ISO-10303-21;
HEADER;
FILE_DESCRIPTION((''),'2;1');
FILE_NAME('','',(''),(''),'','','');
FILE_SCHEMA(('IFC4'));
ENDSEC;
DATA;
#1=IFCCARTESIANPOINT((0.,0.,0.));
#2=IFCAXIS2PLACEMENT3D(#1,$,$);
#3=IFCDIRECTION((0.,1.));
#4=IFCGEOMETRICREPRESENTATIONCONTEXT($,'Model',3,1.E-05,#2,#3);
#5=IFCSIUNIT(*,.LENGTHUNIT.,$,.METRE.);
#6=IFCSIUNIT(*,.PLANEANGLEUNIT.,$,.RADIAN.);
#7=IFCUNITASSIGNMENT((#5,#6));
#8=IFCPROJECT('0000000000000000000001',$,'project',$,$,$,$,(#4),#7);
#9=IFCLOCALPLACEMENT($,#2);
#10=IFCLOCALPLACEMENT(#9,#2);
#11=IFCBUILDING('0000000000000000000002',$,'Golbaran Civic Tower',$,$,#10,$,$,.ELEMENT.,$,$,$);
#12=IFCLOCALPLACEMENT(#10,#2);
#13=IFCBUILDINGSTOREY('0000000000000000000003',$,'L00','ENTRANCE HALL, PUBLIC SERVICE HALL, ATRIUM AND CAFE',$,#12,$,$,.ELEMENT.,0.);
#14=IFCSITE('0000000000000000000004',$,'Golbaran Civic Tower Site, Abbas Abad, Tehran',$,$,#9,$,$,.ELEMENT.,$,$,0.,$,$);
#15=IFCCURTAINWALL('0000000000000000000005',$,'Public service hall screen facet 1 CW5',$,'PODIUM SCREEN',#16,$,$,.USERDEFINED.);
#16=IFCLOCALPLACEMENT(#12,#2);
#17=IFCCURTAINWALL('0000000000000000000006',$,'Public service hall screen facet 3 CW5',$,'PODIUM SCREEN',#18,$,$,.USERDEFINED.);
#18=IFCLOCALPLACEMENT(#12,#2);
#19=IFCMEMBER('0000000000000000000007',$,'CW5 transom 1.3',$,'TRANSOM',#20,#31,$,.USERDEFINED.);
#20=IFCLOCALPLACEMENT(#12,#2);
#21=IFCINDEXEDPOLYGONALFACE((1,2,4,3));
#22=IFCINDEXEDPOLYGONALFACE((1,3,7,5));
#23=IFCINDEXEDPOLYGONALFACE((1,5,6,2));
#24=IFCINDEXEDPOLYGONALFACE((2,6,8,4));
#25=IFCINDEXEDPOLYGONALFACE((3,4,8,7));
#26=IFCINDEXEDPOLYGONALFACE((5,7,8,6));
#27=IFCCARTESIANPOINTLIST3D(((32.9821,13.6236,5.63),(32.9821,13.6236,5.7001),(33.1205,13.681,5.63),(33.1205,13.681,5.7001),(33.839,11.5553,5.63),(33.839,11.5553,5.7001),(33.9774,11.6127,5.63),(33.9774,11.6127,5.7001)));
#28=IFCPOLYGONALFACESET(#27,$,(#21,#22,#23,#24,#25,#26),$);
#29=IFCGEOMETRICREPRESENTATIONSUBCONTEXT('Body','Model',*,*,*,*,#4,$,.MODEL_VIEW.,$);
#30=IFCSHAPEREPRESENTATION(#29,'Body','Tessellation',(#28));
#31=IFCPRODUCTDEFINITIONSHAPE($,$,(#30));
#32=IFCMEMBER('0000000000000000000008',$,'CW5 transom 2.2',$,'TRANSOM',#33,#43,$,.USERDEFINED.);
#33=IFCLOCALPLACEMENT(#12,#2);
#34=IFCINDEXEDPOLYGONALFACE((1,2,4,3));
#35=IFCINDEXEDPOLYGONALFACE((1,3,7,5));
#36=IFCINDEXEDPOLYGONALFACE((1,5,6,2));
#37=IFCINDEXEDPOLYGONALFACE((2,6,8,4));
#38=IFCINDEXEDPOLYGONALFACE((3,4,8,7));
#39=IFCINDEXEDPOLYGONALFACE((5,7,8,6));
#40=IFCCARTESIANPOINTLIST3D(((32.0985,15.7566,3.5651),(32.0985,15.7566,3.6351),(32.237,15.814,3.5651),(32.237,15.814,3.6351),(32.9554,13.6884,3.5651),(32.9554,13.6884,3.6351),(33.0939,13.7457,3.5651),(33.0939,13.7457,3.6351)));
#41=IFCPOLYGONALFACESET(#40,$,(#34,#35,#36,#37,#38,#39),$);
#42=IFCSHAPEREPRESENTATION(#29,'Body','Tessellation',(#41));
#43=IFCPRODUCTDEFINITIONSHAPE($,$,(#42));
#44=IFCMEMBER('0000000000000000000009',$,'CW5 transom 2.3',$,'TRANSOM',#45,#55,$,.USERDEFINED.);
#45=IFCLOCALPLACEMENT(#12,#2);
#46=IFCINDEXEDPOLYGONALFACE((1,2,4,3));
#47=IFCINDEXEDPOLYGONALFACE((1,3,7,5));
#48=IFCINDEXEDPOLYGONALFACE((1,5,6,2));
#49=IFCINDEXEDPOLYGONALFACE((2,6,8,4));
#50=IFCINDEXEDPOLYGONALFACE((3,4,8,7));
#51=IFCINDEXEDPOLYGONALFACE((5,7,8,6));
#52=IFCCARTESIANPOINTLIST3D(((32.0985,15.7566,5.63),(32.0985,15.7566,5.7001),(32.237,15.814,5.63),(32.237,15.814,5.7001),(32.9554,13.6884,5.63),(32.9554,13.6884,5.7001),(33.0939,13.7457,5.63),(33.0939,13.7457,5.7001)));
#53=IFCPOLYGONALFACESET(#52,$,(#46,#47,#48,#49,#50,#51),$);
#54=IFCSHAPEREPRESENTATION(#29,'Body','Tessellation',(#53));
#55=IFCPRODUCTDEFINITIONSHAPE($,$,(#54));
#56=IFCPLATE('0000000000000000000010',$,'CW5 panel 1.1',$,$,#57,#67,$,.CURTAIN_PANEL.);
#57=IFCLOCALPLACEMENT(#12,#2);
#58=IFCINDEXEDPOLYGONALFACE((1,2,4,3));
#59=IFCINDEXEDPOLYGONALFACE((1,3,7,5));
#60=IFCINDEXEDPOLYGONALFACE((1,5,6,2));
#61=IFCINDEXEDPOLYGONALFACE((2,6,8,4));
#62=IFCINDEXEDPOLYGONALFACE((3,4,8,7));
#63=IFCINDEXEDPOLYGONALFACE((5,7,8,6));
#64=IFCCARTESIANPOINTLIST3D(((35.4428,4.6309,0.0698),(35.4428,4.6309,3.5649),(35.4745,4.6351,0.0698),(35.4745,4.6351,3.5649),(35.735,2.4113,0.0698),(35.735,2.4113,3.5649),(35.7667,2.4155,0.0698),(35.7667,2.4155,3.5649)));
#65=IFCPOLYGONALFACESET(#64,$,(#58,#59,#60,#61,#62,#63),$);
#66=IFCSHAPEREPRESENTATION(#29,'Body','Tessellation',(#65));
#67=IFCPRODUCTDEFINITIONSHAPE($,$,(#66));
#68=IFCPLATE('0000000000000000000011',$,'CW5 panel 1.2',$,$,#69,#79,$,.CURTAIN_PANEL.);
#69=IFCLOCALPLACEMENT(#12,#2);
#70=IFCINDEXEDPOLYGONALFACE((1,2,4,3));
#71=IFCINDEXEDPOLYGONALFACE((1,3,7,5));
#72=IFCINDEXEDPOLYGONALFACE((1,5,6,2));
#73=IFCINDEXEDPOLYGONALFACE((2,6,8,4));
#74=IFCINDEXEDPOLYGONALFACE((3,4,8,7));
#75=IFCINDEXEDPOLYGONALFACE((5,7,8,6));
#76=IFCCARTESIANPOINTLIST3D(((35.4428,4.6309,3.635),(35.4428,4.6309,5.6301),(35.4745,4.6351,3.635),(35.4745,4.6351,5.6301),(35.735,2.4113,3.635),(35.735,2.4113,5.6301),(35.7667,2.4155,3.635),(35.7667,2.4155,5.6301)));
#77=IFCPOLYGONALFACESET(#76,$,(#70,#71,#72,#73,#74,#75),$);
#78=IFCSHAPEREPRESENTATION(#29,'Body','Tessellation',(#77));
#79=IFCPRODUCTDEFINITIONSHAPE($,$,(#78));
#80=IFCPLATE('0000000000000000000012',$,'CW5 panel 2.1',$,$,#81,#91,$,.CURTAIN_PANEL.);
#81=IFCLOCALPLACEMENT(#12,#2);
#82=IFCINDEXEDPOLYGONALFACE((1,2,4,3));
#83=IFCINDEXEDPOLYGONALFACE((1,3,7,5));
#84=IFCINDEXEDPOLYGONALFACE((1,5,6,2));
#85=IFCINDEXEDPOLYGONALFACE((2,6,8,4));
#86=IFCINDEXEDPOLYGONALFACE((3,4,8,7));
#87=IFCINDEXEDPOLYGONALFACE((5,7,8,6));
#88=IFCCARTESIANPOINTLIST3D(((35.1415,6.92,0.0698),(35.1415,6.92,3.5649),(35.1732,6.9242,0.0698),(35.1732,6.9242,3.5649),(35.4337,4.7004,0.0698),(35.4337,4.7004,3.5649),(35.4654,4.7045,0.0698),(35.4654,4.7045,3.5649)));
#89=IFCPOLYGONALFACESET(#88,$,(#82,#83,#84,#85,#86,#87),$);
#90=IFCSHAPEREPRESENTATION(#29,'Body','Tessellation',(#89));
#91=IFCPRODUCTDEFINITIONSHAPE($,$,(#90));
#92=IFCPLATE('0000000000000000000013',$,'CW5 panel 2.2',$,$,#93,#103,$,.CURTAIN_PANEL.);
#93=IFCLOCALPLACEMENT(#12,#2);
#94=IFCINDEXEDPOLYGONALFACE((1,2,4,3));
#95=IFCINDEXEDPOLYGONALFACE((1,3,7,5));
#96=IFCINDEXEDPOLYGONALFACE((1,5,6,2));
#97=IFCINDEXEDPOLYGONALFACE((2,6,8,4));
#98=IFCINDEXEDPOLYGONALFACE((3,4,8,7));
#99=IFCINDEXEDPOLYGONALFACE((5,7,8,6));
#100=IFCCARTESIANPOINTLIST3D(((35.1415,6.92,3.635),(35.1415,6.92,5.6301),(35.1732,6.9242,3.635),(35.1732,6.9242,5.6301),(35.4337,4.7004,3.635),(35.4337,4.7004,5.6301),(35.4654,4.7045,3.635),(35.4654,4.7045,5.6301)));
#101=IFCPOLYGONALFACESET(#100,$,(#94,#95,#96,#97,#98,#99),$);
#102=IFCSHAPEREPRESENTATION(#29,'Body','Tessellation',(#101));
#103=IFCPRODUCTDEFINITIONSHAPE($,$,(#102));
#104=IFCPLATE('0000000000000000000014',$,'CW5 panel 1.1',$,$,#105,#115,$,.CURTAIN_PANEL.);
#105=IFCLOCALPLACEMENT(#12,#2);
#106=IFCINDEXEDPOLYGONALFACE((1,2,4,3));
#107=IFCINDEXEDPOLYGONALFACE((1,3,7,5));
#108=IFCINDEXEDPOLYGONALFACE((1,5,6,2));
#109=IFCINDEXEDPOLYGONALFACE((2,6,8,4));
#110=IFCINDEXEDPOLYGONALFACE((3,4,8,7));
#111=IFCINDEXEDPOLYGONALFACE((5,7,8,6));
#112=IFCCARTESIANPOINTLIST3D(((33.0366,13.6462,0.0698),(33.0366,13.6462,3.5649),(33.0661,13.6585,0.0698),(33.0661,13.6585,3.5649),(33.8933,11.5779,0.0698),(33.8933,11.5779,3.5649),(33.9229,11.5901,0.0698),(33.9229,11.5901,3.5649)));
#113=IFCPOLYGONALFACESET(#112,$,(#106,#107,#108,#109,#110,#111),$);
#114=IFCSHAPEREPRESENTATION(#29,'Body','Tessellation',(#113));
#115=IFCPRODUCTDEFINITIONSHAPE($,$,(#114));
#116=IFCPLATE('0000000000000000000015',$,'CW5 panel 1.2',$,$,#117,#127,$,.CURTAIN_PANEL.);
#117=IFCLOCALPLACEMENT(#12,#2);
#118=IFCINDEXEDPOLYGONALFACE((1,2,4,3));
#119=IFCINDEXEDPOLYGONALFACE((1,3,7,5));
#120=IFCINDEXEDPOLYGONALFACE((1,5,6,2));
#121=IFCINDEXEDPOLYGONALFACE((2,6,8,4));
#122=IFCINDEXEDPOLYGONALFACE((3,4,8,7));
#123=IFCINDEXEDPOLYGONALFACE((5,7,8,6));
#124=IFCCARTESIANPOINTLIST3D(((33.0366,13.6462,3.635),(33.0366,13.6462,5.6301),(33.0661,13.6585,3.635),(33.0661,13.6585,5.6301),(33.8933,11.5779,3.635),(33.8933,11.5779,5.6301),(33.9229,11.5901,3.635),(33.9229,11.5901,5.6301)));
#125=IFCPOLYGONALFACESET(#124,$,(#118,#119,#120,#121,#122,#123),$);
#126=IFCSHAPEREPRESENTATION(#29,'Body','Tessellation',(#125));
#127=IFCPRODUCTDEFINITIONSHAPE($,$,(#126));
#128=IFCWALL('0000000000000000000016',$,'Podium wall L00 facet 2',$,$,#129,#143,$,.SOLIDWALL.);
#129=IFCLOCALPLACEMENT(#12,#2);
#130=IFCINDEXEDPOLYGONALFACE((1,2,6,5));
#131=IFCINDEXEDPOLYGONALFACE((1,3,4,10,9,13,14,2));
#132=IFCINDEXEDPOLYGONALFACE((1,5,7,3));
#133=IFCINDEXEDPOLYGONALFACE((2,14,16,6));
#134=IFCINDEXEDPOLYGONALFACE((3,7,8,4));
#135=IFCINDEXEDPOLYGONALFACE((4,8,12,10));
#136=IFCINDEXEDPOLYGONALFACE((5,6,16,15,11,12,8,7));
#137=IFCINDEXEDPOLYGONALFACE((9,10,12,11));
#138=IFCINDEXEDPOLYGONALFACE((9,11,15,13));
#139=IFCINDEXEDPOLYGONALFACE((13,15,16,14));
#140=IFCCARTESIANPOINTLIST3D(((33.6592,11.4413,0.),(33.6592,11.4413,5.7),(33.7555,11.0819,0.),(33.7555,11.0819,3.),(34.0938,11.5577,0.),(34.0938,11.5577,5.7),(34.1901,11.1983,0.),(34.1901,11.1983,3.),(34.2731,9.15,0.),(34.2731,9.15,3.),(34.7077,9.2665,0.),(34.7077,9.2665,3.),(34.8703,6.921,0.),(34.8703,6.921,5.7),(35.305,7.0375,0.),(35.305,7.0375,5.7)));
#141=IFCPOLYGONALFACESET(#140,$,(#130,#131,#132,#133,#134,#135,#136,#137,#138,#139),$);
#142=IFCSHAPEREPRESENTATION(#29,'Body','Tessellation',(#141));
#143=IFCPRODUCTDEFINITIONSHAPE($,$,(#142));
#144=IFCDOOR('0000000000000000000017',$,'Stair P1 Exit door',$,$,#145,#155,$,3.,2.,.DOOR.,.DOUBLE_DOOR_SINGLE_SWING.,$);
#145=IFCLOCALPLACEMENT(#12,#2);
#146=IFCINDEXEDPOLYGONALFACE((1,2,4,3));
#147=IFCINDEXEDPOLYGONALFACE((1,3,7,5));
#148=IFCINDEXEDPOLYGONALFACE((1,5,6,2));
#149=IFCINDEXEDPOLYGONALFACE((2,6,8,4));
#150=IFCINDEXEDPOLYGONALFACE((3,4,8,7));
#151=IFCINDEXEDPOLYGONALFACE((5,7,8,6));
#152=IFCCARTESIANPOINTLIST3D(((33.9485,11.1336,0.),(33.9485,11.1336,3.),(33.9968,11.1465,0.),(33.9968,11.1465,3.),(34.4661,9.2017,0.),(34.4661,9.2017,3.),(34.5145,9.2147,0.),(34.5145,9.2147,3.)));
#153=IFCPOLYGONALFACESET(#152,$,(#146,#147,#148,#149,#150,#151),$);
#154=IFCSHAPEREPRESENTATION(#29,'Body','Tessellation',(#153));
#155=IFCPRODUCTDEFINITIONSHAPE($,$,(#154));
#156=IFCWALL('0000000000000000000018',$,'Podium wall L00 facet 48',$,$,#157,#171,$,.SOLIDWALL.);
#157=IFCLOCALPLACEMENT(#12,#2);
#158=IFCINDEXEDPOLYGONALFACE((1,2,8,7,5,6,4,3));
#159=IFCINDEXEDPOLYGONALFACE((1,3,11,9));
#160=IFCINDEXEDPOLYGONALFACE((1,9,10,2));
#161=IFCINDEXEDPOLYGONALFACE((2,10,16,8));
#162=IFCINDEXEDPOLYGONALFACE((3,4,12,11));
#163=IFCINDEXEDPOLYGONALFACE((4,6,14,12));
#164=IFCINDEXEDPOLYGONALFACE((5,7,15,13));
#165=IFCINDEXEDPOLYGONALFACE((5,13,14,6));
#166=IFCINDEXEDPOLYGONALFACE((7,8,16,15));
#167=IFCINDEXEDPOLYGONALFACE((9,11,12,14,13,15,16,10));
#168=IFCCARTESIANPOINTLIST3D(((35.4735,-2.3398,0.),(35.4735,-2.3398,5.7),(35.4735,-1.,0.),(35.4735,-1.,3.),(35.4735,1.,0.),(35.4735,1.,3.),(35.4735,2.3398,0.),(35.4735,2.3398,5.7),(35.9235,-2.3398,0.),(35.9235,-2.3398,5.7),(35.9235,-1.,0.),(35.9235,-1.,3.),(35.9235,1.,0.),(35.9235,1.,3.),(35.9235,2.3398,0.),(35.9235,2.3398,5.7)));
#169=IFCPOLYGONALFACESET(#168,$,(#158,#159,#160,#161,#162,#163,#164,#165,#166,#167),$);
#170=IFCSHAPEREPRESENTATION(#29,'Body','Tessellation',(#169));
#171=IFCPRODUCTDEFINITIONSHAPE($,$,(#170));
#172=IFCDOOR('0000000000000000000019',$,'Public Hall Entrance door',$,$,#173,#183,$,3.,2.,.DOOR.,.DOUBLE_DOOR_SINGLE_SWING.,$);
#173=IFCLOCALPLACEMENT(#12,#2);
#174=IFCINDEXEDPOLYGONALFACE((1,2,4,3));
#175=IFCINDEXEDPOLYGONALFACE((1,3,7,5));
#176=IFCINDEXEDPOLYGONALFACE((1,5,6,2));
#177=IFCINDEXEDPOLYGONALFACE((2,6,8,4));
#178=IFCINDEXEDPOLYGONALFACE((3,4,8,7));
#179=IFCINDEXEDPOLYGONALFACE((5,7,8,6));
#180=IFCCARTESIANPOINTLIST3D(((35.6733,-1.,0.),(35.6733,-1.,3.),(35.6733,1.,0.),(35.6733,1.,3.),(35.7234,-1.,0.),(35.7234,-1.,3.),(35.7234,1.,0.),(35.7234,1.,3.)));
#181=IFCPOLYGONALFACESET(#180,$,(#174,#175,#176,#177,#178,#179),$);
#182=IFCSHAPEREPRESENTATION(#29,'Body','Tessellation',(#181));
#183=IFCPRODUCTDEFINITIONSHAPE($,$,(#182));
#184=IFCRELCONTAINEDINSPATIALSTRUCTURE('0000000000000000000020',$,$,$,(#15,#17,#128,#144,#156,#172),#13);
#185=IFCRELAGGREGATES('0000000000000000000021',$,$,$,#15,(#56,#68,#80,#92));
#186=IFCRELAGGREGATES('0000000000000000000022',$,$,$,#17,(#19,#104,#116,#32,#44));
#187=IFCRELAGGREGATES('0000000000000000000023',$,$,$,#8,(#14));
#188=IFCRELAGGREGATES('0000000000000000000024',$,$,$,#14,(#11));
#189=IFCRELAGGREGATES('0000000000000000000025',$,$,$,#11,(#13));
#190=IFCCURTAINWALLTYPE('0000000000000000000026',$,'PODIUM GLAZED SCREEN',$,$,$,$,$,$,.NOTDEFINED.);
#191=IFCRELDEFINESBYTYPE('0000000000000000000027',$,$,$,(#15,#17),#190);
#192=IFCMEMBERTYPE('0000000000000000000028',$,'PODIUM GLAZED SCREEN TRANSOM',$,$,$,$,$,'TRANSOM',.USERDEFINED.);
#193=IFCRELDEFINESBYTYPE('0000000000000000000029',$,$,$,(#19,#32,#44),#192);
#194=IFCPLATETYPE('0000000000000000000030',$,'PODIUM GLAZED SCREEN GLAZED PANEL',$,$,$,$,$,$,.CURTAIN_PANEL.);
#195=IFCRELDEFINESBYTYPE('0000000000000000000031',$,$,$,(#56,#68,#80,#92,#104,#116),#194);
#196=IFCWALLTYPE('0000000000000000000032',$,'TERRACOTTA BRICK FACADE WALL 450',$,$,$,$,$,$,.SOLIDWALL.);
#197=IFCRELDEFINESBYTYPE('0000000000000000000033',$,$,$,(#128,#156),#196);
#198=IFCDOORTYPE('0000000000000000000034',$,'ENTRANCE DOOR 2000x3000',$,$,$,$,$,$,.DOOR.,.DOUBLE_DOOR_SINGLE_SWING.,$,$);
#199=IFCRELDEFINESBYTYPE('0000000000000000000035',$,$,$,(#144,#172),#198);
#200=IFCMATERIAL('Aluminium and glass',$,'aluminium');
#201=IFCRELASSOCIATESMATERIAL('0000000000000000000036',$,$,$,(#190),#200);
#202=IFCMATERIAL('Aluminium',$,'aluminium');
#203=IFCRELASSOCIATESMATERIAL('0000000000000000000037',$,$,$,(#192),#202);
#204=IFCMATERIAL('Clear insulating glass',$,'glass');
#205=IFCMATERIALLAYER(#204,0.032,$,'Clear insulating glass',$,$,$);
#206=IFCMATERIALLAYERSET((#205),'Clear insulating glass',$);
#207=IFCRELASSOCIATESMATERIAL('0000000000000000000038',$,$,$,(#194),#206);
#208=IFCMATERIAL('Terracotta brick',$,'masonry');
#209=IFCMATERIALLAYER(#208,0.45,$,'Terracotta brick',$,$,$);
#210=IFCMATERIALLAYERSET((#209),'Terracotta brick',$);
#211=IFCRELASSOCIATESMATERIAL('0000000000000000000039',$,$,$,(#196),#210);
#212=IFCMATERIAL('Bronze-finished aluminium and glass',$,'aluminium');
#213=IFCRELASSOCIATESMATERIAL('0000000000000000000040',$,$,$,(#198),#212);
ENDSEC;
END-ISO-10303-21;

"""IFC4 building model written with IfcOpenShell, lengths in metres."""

from ifc_helpers import new_model, si_unit, direction, frame, frame_2d, origin, origin_2d, place, context, subcontext, project, spatial, rectangle, extrude, material, layer, layer_set, material_profile, profile_set, type_object, element, fill, aggregate, save


model = new_model("IFC4")

# Units and contexts
model_context = context("Model", 3, precision=1e-05, world=origin(), true_north=direction((0.0, 1.0)))
body_context = subcontext(model_context, "Body", "Model", "MODEL_VIEW")
ifc_project = project(units=[si_unit("LENGTHUNIT", "METRE"), si_unit("PLANEANGLEUNIT", "RADIAN")], contexts=[model_context])

# Site, building, storey
site_placement = place(None, origin())
site = spatial("IfcSite", under=ifc_project, at=site_placement, Name="Golbaran Civic Tower Site, Abbas Abad, Tehran", CompositionType="ELEMENT", RefElevation=0.0)
building_placement = place(site_placement, origin())
building = spatial("IfcBuilding", under=site, at=building_placement, Name="Golbaran Civic Tower", CompositionType="ELEMENT")
storey_placement = place(building_placement, origin())
storey = spatial("IfcBuildingStorey", under=building, at=storey_placement, Name="L00", Description="ENTRANCE HALL, PUBLIC SERVICE HALL, ATRIUM AND CAFE", CompositionType="ELEMENT", Elevation=0.0)

# Curtain walls
ifc_material_1 = material(Name="Aluminium and glass", Category="aluminium")
curtain_wall_type = type_object("IfcCurtainWallType", Name="PODIUM GLAZED SCREEN", PredefinedType="NOTDEFINED", material=ifc_material_1)
curtain_wall_1_placement = place(storey_placement, origin())
curtain_wall_1 = element("IfcCurtainWall", 1, at=curtain_wall_1_placement, inside=storey, type_object=curtain_wall_type, Name="Public service hall screen facet 1 CW5", ObjectType="PODIUM SCREEN", PredefinedType="USERDEFINED")
ifc_material_2 = material(Name="Aluminium", Category="aluminium")
curtain_wall_2_placement = place(storey_placement, origin())
curtain_wall_2 = element("IfcCurtainWall", 2, at=curtain_wall_2_placement, inside=storey, type_object=curtain_wall_type, Name="Public service hall screen facet 3 CW5", ObjectType="PODIUM SCREEN", PredefinedType="USERDEFINED")

# Members
ifc_material_profile_1 = material_profile(ifc_material_2, rectangle(XDim=0.1499, YDim=0.0701, at=origin_2d()), Name="PODIUM GLAZED SCREEN TRANSOM")
ifc_profile_set_1 = profile_set([ifc_material_profile_1], Name="Aluminium")
member_type_1 = type_object("IfcMemberType", Name="PODIUM GLAZED SCREEN TRANSOM", ElementType="TRANSOM", PredefinedType="USERDEFINED", material=ifc_profile_set_1)
member_1_placement = place(storey_placement, frame((33.9082, 11.584, 5.665), z_axis=(-0.382756, 0.923849, 0.0), x_axis=(-0.923849, -0.382756, 0.0)))
member_1 = element("IfcMember", 3, at=member_1_placement, type_object=member_type_1, Name="CW5 transom 1.3", ObjectType="TRANSOM", PredefinedType="USERDEFINED", context=body_context, shape_type="SweptSolid", body=[
    extrude(rectangle(XDim=0.1499, YDim=0.0701, at=origin_2d()), origin(), (0.0, 0.0, 1.0), 2.2388),
])
member_2_placement = place(storey_placement, frame((33.0247, 13.717, 3.6001), z_axis=(-0.382756, 0.923849, 0.0), x_axis=(-0.923849, -0.382756, 0.0)))
member_2 = element("IfcMember", 4, at=member_2_placement, type_object=member_type_1, Name="CW5 transom 2.2", ObjectType="TRANSOM", PredefinedType="USERDEFINED", context=body_context, shape_type="SweptSolid", body=[
    extrude(rectangle(XDim=0.1499, YDim=0.0701, at=origin_2d()), origin(), (0.0, 0.0, 1.0), 2.2388),
])
member_3_placement = place(storey_placement, frame((33.0247, 13.717, 5.665), z_axis=(-0.382756, 0.923849, 0.0), x_axis=(-0.923849, -0.382756, 0.0)))
member_3 = element("IfcMember", 5, at=member_3_placement, type_object=member_type_1, Name="CW5 transom 2.3", ObjectType="TRANSOM", PredefinedType="USERDEFINED", context=body_context, shape_type="SweptSolid", body=[
    extrude(rectangle(XDim=0.1499, YDim=0.0701, at=origin_2d()), origin(), (0.0, 0.0, 1.0), 2.2388),
])

# Plates
ifc_material_3 = material(Name="Clear insulating glass", Category="glass")
ifc_layer_1 = layer(ifc_material_3, 0.032, Name="Clear insulating glass")
ifc_layer_set_1 = layer_set([ifc_layer_1], Name="Clear insulating glass")
plate_type = type_object("IfcPlateType", Name="PODIUM GLAZED SCREEN GLAZED PANEL", PredefinedType="CURTAIN_PANEL", material=ifc_layer_set_1)
plate_1_placement = place(storey_placement, frame((35.6047, 3.5232, 0.0698), z_axis=(0.0, 0.0, 1.0), x_axis=(-0.130526, 0.991445, 0.0)))
plate_1 = element("IfcPlate", 6, at=plate_1_placement, type_object=plate_type, Name="CW5 panel 1.1", PredefinedType="CURTAIN_PANEL", context=body_context, shape_type="SweptSolid", body=[
    extrude(rectangle(XDim=2.2388, YDim=0.032, at=origin_2d()), origin(), (0.0, 0.0, 1.0), 3.4951),
])
plate_2_placement = place(storey_placement, frame((35.6047, 3.5232, 3.635), z_axis=(0.0, 0.0, 1.0), x_axis=(-0.130526, 0.991445, 0.0)))
plate_2 = element("IfcPlate", 7, at=plate_2_placement, type_object=plate_type, Name="CW5 panel 1.2", PredefinedType="CURTAIN_PANEL", context=body_context, shape_type="SweptSolid", body=[
    extrude(rectangle(XDim=2.2388, YDim=0.032, at=origin_2d()), origin(), (0.0, 0.0, 1.0), 1.9951),
])
plate_3_placement = place(storey_placement, frame((35.3035, 5.8123, 0.0698), z_axis=(0.0, 0.0, 1.0), x_axis=(-0.130526, 0.991445, 0.0)))
plate_3 = element("IfcPlate", 8, at=plate_3_placement, type_object=plate_type, Name="CW5 panel 2.1", PredefinedType="CURTAIN_PANEL", context=body_context, shape_type="SweptSolid", body=[
    extrude(rectangle(XDim=2.2388, YDim=0.032, at=origin_2d()), origin(), (0.0, 0.0, 1.0), 3.4951),
])
plate_4_placement = place(storey_placement, frame((35.3035, 5.8123, 3.635), z_axis=(0.0, 0.0, 1.0), x_axis=(-0.130526, 0.991445, 0.0)))
plate_4 = element("IfcPlate", 9, at=plate_4_placement, type_object=plate_type, Name="CW5 panel 2.2", PredefinedType="CURTAIN_PANEL", context=body_context, shape_type="SweptSolid", body=[
    extrude(rectangle(XDim=2.2388, YDim=0.032, at=origin_2d()), origin(), (0.0, 0.0, 1.0), 1.9951),
])
aggregate(curtain_wall_1, [plate_1, plate_2, plate_3, plate_4])
plate_5_placement = place(storey_placement, frame((33.4797, 12.6182, 0.0698), z_axis=(0.0, 0.0, 1.0), x_axis=(-0.382683, 0.92388, 0.0)))
plate_5 = element("IfcPlate", 10, at=plate_5_placement, type_object=plate_type, Name="CW5 panel 1.1", PredefinedType="CURTAIN_PANEL", context=body_context, shape_type="SweptSolid", body=[
    extrude(rectangle(XDim=2.2388, YDim=0.032, at=origin_2d()), origin(), (0.0, 0.0, 1.0), 3.4951),
])
plate_6_placement = place(storey_placement, frame((33.4797, 12.6182, 3.635), z_axis=(0.0, 0.0, 1.0), x_axis=(-0.382683, 0.92388, 0.0)))
plate_6 = element("IfcPlate", 11, at=plate_6_placement, type_object=plate_type, Name="CW5 panel 1.2", PredefinedType="CURTAIN_PANEL", context=body_context, shape_type="SweptSolid", body=[
    extrude(rectangle(XDim=2.2388, YDim=0.032, at=origin_2d()), origin(), (0.0, 0.0, 1.0), 1.9951),
])
aggregate(curtain_wall_2, [member_1, plate_5, plate_6, member_2, member_3])

# Walls, openings, doors
ifc_material_4 = material(Name="Terracotta brick", Category="masonry")
ifc_layer_2 = layer(ifc_material_4, 0.45, Name="Terracotta brick")
ifc_layer_set_2 = layer_set([ifc_layer_2], Name="Terracotta brick")
wall_type = type_object("IfcWallType", Name="TERRACOTTA BRICK FACADE WALL 450", PredefinedType="SOLIDWALL", material=ifc_layer_set_2)
wall_1_placement = place(storey_placement, frame((35.0876, 6.9792, 0.0), z_axis=(0.0, 0.0, 1.0), x_axis=(-0.258815, 0.965927, 0.0)))
wall_1 = element("IfcWall", 12, at=wall_1_placement, inside=storey, type_object=wall_type, Name="Podium wall L00 facet 2", PredefinedType="SOLIDWALL", context=body_context, shape_type="SweptSolid", body=[
    extrude(rectangle(XDim=4.6797, YDim=0.45, at=frame_2d((2.3398, 0.0))), origin(), (0.0, 0.0, 1.0), 5.7),
])
opening_1_placement = place(wall_1_placement, frame((2.3076, 0.0, 0.0)))
opening_1 = element("IfcOpeningElement", 13, at=opening_1_placement, cuts=wall_1, PredefinedType="OPENING", context=body_context, shape_type="SweptSolid", body=[
    extrude(rectangle(XDim=2.0, YDim=3.0, at=frame_2d((1.0, 1.5))), frame((0.0, 0.2349, 0.0), z_axis=(0.0, -1.0, 0.0), x_axis=(1.0, 0.0, 0.0)), (0.0, 0.0, 1.0), 0.47),
])
ifc_material_5 = material(Name="Bronze-finished aluminium and glass", Category="aluminium")
door_type = type_object("IfcDoorType", Name="ENTRANCE DOOR 2000x3000", OperationType="DOUBLE_DOOR_SINGLE_SWING", PredefinedType="DOOR", material=ifc_material_5)
door_1_placement = place(opening_1_placement, frame((2.0, 0.0, 0.0), z_axis=(0.0, 0.0, 1.0), x_axis=(-1.0, 0.0, 0.0)))
door_1 = element("IfcDoor", 14, at=door_1_placement, inside=storey, type_object=door_type, Name="Stair P1 Exit door", OperationType="DOUBLE_DOOR_SINGLE_SWING", OverallHeight=3.0, OverallWidth=2.0, PredefinedType="DOOR", context=body_context, shape_type="SweptSolid", body=[
    extrude(rectangle(XDim=2.0, YDim=3.0, at=frame_2d((1.0, 1.5))), frame((0.0, 0.0249, 0.0), z_axis=(0.0, -1.0, 0.0), x_axis=(1.0, 0.0, 0.0)), (0.0, 0.0, 1.0), 0.05),
])
fill(opening_1, door_1)
wall_2_placement = place(storey_placement, frame((35.6985, -2.3398, 0.0), z_axis=(0.0, 0.0, 1.0), x_axis=(0.0, 1.0, 0.0)))
wall_2 = element("IfcWall", 15, at=wall_2_placement, inside=storey, type_object=wall_type, Name="Podium wall L00 facet 48", PredefinedType="SOLIDWALL", context=body_context, shape_type="SweptSolid", body=[
    extrude(rectangle(XDim=4.6797, YDim=0.45, at=frame_2d((2.3398, 0.0))), origin(), (0.0, 0.0, 1.0), 5.7),
])
opening_2_placement = place(wall_2_placement, frame((1.3398, 0.0, 0.0)))
opening_2 = element("IfcOpeningElement", 16, at=opening_2_placement, cuts=wall_2, PredefinedType="OPENING", context=body_context, shape_type="SweptSolid", body=[
    extrude(rectangle(XDim=2.0, YDim=3.0, at=frame_2d((1.0, 1.5))), frame((0.0, 0.2349, 0.0), z_axis=(0.0, -1.0, 0.0), x_axis=(1.0, 0.0, 0.0)), (0.0, 0.0, 1.0), 0.47),
])
door_2_placement = place(opening_2_placement, frame((2.0, 0.0, 0.0), z_axis=(0.0, 0.0, 1.0), x_axis=(-1.0, 0.0, 0.0)))
door_2 = element("IfcDoor", 17, at=door_2_placement, inside=storey, type_object=door_type, Name="Public Hall Entrance door", OperationType="DOUBLE_DOOR_SINGLE_SWING", OverallHeight=3.0, OverallWidth=2.0, PredefinedType="DOOR", context=body_context, shape_type="SweptSolid", body=[
    extrude(rectangle(XDim=2.0, YDim=3.0, at=frame_2d((1.0, 1.5))), frame((0.0, 0.0249, 0.0), z_axis=(0.0, -1.0, 0.0), x_axis=(1.0, 0.0, 0.0)), (0.0, 0.0, 1.0), 0.05),
])
fill(opening_2, door_2)

save(model, "model.ifc")
